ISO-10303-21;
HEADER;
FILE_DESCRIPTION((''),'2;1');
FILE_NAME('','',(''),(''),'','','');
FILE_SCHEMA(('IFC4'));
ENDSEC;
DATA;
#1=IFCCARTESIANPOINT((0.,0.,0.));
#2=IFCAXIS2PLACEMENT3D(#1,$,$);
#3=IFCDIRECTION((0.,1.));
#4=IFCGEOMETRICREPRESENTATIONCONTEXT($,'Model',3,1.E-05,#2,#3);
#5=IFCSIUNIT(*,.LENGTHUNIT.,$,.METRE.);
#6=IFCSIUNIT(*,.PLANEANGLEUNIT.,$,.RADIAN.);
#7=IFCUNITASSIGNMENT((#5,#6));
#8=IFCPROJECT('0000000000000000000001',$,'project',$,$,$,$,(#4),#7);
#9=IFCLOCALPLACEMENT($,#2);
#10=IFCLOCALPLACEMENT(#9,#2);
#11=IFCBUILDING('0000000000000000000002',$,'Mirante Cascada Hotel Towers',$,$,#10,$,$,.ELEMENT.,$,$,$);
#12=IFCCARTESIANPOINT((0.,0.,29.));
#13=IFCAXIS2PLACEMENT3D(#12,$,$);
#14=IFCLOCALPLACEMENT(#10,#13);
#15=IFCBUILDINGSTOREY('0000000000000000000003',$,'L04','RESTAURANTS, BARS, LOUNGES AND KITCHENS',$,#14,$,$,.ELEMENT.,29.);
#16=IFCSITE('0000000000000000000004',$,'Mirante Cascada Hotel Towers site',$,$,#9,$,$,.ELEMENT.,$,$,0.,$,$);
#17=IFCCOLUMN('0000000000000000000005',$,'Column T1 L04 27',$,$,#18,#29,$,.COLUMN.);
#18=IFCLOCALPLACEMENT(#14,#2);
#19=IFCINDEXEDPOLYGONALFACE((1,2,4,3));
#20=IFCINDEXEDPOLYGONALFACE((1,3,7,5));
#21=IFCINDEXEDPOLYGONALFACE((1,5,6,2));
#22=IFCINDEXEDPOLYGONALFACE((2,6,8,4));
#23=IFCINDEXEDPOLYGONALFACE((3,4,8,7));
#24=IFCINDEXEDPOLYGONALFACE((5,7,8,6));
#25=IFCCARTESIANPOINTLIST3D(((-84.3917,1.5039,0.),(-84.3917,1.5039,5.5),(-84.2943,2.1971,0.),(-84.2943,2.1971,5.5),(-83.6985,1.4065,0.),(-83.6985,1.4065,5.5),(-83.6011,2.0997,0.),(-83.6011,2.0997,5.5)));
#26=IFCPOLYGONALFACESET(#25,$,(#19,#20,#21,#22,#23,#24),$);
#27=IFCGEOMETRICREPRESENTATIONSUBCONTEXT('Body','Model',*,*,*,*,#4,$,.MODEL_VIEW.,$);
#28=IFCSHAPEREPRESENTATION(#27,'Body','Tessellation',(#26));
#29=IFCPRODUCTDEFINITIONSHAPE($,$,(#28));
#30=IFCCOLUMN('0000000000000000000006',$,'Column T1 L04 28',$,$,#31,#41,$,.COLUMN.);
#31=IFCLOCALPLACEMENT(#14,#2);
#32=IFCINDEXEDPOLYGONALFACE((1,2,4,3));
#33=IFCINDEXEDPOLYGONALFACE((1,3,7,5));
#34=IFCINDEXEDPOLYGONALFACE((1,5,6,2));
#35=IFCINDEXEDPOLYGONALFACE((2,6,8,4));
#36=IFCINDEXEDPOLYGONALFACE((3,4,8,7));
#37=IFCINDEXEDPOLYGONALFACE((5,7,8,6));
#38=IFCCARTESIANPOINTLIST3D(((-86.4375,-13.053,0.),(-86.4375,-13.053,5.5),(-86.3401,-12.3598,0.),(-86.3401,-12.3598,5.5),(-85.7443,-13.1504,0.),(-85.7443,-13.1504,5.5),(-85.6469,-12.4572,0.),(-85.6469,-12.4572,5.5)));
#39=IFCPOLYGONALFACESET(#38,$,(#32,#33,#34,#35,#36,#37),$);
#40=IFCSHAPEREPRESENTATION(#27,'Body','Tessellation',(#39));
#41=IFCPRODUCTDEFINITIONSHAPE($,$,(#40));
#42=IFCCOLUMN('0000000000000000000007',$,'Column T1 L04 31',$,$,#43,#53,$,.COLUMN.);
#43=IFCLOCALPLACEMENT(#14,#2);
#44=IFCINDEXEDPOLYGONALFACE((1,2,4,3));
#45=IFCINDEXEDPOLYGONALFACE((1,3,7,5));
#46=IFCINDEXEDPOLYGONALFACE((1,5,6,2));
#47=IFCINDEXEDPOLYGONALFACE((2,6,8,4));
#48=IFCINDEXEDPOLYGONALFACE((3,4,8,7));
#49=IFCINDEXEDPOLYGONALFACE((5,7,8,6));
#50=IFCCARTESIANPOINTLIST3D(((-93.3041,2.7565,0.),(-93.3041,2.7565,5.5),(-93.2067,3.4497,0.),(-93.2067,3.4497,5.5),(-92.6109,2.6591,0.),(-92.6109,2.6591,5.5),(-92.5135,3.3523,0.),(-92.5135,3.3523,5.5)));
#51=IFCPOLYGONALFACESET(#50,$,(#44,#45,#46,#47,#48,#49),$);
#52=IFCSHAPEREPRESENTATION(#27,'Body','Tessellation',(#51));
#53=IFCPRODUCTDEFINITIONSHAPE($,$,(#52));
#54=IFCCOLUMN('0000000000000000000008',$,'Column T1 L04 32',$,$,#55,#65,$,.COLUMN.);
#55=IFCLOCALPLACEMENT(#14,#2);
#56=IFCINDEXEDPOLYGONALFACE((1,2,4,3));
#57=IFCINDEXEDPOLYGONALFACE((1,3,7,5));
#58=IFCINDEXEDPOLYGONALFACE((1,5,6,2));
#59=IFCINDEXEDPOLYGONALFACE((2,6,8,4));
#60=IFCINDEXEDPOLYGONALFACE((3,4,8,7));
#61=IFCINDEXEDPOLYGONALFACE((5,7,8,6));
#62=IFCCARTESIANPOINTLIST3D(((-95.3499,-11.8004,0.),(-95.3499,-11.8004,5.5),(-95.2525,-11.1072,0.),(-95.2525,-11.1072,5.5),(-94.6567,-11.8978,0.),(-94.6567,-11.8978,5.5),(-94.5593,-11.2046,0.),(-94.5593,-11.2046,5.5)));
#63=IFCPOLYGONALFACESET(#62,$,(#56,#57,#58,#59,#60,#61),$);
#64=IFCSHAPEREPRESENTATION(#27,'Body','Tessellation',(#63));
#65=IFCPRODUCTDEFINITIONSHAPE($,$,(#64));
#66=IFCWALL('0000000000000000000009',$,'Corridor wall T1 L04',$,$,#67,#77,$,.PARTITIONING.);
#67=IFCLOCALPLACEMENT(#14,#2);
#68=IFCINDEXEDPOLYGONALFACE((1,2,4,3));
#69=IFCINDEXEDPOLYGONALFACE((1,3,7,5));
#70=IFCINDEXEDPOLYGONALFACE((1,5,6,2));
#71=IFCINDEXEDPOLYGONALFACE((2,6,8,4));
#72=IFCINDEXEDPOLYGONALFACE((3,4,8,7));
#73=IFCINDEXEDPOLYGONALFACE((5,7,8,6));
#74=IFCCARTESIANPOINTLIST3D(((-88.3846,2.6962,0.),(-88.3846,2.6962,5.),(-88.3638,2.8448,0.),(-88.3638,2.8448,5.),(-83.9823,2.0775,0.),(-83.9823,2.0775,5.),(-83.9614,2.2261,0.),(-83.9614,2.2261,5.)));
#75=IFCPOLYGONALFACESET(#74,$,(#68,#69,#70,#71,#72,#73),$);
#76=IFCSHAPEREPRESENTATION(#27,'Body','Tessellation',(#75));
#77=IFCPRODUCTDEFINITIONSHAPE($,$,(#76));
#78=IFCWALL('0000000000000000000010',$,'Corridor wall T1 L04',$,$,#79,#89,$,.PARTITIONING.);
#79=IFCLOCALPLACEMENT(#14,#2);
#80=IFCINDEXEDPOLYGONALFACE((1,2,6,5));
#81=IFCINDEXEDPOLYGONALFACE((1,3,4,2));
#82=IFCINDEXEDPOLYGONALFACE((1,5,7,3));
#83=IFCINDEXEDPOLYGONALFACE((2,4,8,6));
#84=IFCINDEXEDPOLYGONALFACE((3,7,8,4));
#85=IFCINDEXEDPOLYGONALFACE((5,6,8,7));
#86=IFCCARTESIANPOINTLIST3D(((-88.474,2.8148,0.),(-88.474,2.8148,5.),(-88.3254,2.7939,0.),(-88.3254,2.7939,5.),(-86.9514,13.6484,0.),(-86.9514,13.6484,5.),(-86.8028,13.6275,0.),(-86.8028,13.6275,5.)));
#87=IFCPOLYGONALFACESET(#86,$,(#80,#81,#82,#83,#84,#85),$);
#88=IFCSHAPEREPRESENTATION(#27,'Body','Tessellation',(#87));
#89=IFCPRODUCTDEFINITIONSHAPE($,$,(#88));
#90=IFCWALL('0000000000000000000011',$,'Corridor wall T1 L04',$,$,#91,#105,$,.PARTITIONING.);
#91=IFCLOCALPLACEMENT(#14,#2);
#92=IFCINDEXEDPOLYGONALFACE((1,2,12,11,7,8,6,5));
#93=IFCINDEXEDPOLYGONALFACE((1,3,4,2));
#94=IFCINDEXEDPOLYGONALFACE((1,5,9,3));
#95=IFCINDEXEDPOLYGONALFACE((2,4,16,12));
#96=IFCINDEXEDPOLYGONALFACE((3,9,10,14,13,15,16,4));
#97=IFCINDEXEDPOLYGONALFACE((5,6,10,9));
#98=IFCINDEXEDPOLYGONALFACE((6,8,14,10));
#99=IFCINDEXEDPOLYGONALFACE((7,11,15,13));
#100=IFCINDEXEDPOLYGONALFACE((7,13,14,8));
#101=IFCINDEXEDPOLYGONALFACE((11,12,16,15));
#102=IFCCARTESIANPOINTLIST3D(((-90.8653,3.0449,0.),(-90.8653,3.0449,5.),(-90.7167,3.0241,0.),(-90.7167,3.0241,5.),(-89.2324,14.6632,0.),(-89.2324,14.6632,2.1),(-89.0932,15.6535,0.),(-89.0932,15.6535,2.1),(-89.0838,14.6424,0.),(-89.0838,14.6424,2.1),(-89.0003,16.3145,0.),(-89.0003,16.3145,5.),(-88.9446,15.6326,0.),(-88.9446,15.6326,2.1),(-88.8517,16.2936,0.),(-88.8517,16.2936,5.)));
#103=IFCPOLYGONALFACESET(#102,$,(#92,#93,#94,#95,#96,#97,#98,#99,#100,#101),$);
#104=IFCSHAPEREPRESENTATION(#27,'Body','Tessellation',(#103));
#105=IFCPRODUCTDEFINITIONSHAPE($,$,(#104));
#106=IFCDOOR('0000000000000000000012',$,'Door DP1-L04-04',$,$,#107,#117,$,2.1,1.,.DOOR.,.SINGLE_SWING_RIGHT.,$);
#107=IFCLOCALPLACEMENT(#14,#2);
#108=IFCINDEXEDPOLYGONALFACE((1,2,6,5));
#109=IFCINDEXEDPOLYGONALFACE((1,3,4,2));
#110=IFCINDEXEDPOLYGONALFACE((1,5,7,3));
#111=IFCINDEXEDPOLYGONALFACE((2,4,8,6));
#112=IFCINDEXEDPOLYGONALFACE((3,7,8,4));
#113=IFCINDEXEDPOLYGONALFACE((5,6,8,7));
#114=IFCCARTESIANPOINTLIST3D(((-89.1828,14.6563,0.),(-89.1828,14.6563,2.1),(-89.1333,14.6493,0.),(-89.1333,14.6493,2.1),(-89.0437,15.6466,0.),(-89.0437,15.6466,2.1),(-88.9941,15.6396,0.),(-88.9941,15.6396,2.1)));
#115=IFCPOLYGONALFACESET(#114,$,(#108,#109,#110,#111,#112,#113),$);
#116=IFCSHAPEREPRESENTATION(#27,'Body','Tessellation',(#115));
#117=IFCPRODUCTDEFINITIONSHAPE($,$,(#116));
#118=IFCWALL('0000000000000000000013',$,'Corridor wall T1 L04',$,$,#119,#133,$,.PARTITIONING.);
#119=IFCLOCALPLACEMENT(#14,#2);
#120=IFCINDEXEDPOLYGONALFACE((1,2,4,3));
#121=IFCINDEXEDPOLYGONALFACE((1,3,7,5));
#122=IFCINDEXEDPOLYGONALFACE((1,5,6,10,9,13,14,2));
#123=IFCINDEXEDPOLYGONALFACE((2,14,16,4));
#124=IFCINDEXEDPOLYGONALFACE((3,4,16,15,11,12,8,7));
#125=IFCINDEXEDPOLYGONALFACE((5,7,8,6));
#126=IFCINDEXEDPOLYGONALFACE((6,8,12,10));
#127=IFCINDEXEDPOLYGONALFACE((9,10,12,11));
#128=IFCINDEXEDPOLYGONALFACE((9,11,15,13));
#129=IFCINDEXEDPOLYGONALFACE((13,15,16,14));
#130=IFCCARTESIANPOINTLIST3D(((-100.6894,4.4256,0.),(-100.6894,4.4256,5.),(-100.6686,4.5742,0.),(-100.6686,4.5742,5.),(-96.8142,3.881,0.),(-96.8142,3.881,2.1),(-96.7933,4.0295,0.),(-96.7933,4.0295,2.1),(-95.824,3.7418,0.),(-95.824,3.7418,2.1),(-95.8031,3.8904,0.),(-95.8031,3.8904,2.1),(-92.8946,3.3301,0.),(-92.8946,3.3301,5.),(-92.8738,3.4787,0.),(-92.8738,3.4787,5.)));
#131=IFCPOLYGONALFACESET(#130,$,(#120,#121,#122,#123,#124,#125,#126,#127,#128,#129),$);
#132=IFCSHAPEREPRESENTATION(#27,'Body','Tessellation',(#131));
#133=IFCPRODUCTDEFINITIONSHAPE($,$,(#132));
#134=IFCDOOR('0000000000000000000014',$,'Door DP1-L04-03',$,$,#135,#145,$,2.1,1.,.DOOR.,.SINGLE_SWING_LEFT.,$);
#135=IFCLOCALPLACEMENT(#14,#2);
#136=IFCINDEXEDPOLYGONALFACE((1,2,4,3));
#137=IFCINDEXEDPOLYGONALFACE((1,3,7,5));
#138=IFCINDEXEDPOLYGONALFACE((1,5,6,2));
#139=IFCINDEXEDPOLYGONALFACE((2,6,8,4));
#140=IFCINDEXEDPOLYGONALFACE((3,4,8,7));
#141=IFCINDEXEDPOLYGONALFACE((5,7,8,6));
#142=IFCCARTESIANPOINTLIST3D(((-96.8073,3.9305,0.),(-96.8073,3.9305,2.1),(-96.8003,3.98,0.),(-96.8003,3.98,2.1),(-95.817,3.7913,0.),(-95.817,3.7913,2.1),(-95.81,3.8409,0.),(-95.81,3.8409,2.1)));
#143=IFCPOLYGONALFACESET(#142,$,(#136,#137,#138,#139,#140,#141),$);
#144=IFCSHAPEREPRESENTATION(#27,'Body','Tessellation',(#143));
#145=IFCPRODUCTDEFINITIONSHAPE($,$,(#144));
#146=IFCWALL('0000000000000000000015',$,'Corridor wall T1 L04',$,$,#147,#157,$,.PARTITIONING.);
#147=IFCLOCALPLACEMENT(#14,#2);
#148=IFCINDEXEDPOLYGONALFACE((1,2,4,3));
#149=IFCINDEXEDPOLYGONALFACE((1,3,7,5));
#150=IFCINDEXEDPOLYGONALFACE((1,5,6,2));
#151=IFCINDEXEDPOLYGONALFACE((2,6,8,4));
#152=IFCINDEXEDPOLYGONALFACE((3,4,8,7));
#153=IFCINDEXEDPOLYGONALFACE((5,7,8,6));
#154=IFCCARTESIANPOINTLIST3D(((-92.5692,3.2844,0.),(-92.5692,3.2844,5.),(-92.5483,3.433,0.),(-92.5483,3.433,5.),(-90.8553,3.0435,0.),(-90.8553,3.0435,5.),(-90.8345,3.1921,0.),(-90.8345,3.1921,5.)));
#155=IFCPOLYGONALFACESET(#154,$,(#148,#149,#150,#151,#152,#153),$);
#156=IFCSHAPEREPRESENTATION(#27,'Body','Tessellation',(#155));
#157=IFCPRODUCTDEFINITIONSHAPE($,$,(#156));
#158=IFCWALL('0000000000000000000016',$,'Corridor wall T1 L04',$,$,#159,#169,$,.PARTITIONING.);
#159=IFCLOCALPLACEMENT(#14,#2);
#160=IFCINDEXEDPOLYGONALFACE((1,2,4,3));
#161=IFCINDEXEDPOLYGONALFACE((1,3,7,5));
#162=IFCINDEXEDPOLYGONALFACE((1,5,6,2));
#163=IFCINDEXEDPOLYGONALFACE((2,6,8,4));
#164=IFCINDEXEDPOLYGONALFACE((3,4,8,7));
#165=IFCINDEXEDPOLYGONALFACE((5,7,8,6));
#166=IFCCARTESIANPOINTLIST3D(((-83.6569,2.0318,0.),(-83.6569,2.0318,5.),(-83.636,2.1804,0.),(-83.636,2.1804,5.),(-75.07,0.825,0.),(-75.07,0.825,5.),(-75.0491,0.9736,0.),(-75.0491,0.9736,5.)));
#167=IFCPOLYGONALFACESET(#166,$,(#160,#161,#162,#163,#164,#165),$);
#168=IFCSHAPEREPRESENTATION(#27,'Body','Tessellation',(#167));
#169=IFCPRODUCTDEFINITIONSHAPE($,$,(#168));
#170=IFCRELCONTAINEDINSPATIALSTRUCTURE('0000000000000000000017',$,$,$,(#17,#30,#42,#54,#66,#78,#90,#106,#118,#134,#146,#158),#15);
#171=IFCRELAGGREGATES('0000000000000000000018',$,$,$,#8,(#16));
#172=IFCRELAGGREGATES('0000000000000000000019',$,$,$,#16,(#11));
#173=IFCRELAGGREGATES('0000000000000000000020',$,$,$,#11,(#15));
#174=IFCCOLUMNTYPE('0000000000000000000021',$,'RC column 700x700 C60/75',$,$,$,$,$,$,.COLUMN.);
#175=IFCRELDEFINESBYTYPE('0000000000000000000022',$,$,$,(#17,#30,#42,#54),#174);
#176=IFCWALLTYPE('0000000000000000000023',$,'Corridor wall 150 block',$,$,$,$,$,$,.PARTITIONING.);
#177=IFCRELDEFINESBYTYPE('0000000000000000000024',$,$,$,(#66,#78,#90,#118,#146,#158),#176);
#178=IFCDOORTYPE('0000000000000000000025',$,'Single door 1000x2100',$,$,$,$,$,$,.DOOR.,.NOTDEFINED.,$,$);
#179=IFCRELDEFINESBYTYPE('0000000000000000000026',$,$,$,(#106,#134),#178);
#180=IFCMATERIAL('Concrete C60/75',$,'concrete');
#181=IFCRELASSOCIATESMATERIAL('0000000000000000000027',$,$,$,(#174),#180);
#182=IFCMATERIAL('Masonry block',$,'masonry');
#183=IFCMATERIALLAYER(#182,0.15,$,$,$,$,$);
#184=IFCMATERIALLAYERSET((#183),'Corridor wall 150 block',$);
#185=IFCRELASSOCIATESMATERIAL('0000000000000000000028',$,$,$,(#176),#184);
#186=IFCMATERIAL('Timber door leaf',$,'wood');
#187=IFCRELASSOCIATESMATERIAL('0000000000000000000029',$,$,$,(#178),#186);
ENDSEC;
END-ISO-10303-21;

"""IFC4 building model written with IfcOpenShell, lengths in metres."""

from ifc_helpers import new_model, si_unit, direction, frame, frame_2d, origin, origin_2d, place, context, subcontext, project, spatial, rectangle, extrude, material, layer, layer_set, material_profile, profile_set, type_object, element, fill, save


model = new_model("IFC4")

# Units and contexts
model_context = context("Model", 3, precision=1e-05, world=origin(), true_north=direction((0.0, 1.0)))
body_context = subcontext(model_context, "Body", "Model", "MODEL_VIEW")
ifc_project = project(units=[si_unit("LENGTHUNIT", "METRE"), si_unit("PLANEANGLEUNIT", "RADIAN")], contexts=[model_context])

# Site, building, storey
site_placement = place(None, origin())
site = spatial("IfcSite", under=ifc_project, at=site_placement, Name="Mirante Cascada Hotel Towers site", CompositionType="ELEMENT", RefElevation=0.0)
building_placement = place(site_placement, origin())
building = spatial("IfcBuilding", under=site, at=building_placement, Name="Mirante Cascada Hotel Towers", CompositionType="ELEMENT")
storey_placement = place(building_placement, frame((0.0, 0.0, 29.0)))
storey = spatial("IfcBuildingStorey", under=building, at=storey_placement, Name="L04", Description="RESTAURANTS, BARS, LOUNGES AND KITCHENS", CompositionType="ELEMENT", Elevation=29.0)

# Columns
ifc_material_1 = material(Name="Concrete C60/75", Category="concrete")
ifc_material_profile = material_profile(ifc_material_1, rectangle(XDim=0.7, YDim=0.7, at=origin_2d()), Name="RC column 700x700 C60/75")
ifc_profile_set = profile_set([ifc_material_profile], Name="Concrete C60/75")
column_type = type_object("IfcColumnType", Name="RC column 700x700 C60/75", PredefinedType="COLUMN", material=ifc_profile_set)
for number, where, z_axis, x_axis, name in (
    (1, (-83.9964, 1.8018, 0.0), (0.0, 0.0, 1.0), (-0.990268, 0.139173, 0.0), "Column T1 L04 27"),
    (2, (-86.0422, -12.7551, 0.0), (0.0, 0.0, 1.0), (-0.990268, 0.139173, 0.0), "Column T1 L04 28"),
    (3, (-92.9088, 3.0544, 0.0), (0.0, 0.0, 1.0), (-0.990268, 0.139173, 0.0), "Column T1 L04 31"),
    (4, (-94.9546, -11.5025, 0.0), (0.0, 0.0, 1.0), (-0.990268, 0.139173, 0.0), "Column T1 L04 32"),
):
    element("IfcColumn", number, at=place(storey_placement, frame(where, z_axis=z_axis, x_axis=x_axis)), inside=storey, type_object=column_type, Name=name, PredefinedType="COLUMN", context=body_context, shape_type="SweptSolid", body=[
        extrude(rectangle(XDim=0.7, YDim=0.7, at=origin_2d()), origin(), (0.0, 0.0, 1.0), 5.5),
    ])

# Walls
ifc_material_2 = material(Name="Masonry block", Category="masonry")
ifc_layer_1 = layer(ifc_material_2, 0.15)
ifc_layer_set_1 = layer_set([ifc_layer_1], Name="Corridor wall 150 block")
wall_type_1 = type_object("IfcWallType", Name="Corridor wall 150 block", PredefinedType="PARTITIONING", material=ifc_layer_set_1)
wall_1_placement = place(storey_placement, frame((-88.3742, 2.7705, 0.0), z_axis=(0.0, 0.0, 1.0), x_axis=(0.990268, -0.139173, 0.0)))
element("IfcWall", 5, at=wall_1_placement, inside=storey, type_object=wall_type_1, Name="Corridor wall T1 L04", PredefinedType="PARTITIONING", context=body_context, shape_type="SweptSolid", body=[
    extrude(rectangle(XDim=4.4456, YDim=0.15, at=frame_2d((2.2228, 0.0))), origin(), (0.0, 0.0, 1.0), 5.0),
])
wall_2_placement = place(storey_placement, frame((-88.3997, 2.8044, 0.0), z_axis=(0.0, 0.0, 1.0), x_axis=(0.139176, 0.990268, 0.0)))
element("IfcWall", 6, at=wall_2_placement, inside=storey, type_object=wall_type_1, Name="Corridor wall T1 L04", PredefinedType="PARTITIONING", context=body_context, shape_type="SweptSolid", body=[
    extrude(rectangle(XDim=10.9401, YDim=0.15, at=frame_2d((5.47, 0.0))), origin(), (0.0, 0.0, 1.0), 5.0),
])

# Walls, openings, doors
wall_3_placement = place(storey_placement, frame((-90.791, 3.0345, 0.0), z_axis=(0.0, 0.0, 1.0), x_axis=(0.139179, 0.990267, 0.0)))
wall_3 = element("IfcWall", 7, at=wall_3_placement, inside=storey, type_object=wall_type_1, Name="Corridor wall T1 L04", PredefinedType="PARTITIONING", context=body_context, shape_type="SweptSolid", body=[
    extrude(rectangle(XDim=13.4, YDim=0.15, at=frame_2d((6.7, 0.0))), origin(), (0.0, 0.0, 1.0), 5.0),
])
opening_1_placement = place(wall_3_placement, frame((11.7325, 0.0, 0.0)))
opening_1 = element("IfcOpeningElement", 8, at=opening_1_placement, cuts=wall_3, PredefinedType="OPENING", context=body_context, shape_type="SweptSolid", body=[
    extrude(rectangle(XDim=1.0, YDim=2.1, at=frame_2d((0.5, 1.05))), frame((0.0, 0.075, 0.0), z_axis=(0.0, -1.0, 0.0), x_axis=(1.0, 0.0, 0.0)), (0.0, 0.0, 1.0), 0.15),
])
ifc_material_3 = material(Name="Timber door leaf", Category="wood")
door_type_1 = type_object("IfcDoorType", Name="Single door 1000x2100", OperationType="NOTDEFINED", PredefinedType="DOOR", material=ifc_material_3)
door_1_placement = place(opening_1_placement, origin())
door_1 = element("IfcDoor", 9, at=door_1_placement, inside=storey, type_object=door_type_1, Name="Door DP1-L04-04", OperationType="SINGLE_SWING_RIGHT", OverallHeight=2.1, OverallWidth=1.0, PredefinedType="DOOR", context=body_context, shape_type="SweptSolid", body=[
    extrude(rectangle(XDim=1.0, YDim=2.1, at=frame_2d((0.5, 1.05))), frame((0.0, 0.025, 0.0), z_axis=(0.0, -1.0, 0.0), x_axis=(1.0, 0.0, 0.0)), (0.0, 0.0, 1.0), 0.05),
])
fill(opening_1, door_1)
wall_4_placement = place(storey_placement, frame((-100.679, 4.4999, 0.0), z_axis=(0.0, 0.0, 1.0), x_axis=(0.990268, -0.139175, 0.0)))
wall_4 = element("IfcWall", 10, at=wall_4_placement, inside=storey, type_object=wall_type_1, Name="Corridor wall T1 L04", PredefinedType="PARTITIONING", context=body_context, shape_type="SweptSolid", body=[
    extrude(rectangle(XDim=7.8714, YDim=0.15, at=frame_2d((3.9357, 0.0))), origin(), (0.0, 0.0, 1.0), 5.0),
])
opening_2_placement = place(wall_4_placement, frame((3.9133, 0.0, 0.0)))
opening_2 = element("IfcOpeningElement", 11, at=opening_2_placement, cuts=wall_4, PredefinedType="OPENING", context=body_context, shape_type="SweptSolid", body=[
    extrude(rectangle(XDim=1.0, YDim=2.1, at=frame_2d((0.5, 1.05))), frame((0.0, 0.075, 0.0), z_axis=(0.0, -1.0, 0.0), x_axis=(1.0, 0.0, 0.0)), (0.0, 0.0, 1.0), 0.15),
])
door_2_placement = place(opening_2_placement, origin())
door_2 = element("IfcDoor", 12, at=door_2_placement, inside=storey, type_object=door_type_1, Name="Door DP1-L04-03", OperationType="SINGLE_SWING_LEFT", OverallHeight=2.1, OverallWidth=1.0, PredefinedType="DOOR", context=body_context, shape_type="SweptSolid", body=[
    extrude(rectangle(XDim=1.0, YDim=2.1, at=frame_2d((0.5, 1.05))), frame((0.0, 0.025, 0.0), z_axis=(0.0, -1.0, 0.0), x_axis=(1.0, 0.0, 0.0)), (0.0, 0.0, 1.0), 0.05),
])
fill(opening_2, door_2)

# Walls
wall_5_placement = place(storey_placement, frame((-92.5588, 3.3587, 0.0), z_axis=(0.0, 0.0, 1.0), x_axis=(0.990266, -0.139188, 0.0)))
element("IfcWall", 13, at=wall_5_placement, inside=storey, type_object=wall_type_1, Name="Corridor wall T1 L04", PredefinedType="PARTITIONING", context=body_context, shape_type="SweptSolid", body=[
    extrude(rectangle(XDim=1.7307, YDim=0.15, at=frame_2d((0.8654, 0.0))), origin(), (0.0, 0.0, 1.0), 5.0),
])
wall_6_placement = place(storey_placement, frame((-83.6464, 2.1061, 0.0), z_axis=(0.0, 0.0, 1.0), x_axis=(0.990268, -0.139172, 0.0)))
element("IfcWall", 14, at=wall_6_placement, inside=storey, type_object=wall_type_1, Name="Corridor wall T1 L04", PredefinedType="PARTITIONING", context=body_context, shape_type="SweptSolid", body=[
    extrude(rectangle(XDim=8.6713, YDim=0.15, at=frame_2d((4.3356, 0.0))), origin(), (0.0, 0.0, 1.0), 5.0),
])

save(model, "model.ifc")
